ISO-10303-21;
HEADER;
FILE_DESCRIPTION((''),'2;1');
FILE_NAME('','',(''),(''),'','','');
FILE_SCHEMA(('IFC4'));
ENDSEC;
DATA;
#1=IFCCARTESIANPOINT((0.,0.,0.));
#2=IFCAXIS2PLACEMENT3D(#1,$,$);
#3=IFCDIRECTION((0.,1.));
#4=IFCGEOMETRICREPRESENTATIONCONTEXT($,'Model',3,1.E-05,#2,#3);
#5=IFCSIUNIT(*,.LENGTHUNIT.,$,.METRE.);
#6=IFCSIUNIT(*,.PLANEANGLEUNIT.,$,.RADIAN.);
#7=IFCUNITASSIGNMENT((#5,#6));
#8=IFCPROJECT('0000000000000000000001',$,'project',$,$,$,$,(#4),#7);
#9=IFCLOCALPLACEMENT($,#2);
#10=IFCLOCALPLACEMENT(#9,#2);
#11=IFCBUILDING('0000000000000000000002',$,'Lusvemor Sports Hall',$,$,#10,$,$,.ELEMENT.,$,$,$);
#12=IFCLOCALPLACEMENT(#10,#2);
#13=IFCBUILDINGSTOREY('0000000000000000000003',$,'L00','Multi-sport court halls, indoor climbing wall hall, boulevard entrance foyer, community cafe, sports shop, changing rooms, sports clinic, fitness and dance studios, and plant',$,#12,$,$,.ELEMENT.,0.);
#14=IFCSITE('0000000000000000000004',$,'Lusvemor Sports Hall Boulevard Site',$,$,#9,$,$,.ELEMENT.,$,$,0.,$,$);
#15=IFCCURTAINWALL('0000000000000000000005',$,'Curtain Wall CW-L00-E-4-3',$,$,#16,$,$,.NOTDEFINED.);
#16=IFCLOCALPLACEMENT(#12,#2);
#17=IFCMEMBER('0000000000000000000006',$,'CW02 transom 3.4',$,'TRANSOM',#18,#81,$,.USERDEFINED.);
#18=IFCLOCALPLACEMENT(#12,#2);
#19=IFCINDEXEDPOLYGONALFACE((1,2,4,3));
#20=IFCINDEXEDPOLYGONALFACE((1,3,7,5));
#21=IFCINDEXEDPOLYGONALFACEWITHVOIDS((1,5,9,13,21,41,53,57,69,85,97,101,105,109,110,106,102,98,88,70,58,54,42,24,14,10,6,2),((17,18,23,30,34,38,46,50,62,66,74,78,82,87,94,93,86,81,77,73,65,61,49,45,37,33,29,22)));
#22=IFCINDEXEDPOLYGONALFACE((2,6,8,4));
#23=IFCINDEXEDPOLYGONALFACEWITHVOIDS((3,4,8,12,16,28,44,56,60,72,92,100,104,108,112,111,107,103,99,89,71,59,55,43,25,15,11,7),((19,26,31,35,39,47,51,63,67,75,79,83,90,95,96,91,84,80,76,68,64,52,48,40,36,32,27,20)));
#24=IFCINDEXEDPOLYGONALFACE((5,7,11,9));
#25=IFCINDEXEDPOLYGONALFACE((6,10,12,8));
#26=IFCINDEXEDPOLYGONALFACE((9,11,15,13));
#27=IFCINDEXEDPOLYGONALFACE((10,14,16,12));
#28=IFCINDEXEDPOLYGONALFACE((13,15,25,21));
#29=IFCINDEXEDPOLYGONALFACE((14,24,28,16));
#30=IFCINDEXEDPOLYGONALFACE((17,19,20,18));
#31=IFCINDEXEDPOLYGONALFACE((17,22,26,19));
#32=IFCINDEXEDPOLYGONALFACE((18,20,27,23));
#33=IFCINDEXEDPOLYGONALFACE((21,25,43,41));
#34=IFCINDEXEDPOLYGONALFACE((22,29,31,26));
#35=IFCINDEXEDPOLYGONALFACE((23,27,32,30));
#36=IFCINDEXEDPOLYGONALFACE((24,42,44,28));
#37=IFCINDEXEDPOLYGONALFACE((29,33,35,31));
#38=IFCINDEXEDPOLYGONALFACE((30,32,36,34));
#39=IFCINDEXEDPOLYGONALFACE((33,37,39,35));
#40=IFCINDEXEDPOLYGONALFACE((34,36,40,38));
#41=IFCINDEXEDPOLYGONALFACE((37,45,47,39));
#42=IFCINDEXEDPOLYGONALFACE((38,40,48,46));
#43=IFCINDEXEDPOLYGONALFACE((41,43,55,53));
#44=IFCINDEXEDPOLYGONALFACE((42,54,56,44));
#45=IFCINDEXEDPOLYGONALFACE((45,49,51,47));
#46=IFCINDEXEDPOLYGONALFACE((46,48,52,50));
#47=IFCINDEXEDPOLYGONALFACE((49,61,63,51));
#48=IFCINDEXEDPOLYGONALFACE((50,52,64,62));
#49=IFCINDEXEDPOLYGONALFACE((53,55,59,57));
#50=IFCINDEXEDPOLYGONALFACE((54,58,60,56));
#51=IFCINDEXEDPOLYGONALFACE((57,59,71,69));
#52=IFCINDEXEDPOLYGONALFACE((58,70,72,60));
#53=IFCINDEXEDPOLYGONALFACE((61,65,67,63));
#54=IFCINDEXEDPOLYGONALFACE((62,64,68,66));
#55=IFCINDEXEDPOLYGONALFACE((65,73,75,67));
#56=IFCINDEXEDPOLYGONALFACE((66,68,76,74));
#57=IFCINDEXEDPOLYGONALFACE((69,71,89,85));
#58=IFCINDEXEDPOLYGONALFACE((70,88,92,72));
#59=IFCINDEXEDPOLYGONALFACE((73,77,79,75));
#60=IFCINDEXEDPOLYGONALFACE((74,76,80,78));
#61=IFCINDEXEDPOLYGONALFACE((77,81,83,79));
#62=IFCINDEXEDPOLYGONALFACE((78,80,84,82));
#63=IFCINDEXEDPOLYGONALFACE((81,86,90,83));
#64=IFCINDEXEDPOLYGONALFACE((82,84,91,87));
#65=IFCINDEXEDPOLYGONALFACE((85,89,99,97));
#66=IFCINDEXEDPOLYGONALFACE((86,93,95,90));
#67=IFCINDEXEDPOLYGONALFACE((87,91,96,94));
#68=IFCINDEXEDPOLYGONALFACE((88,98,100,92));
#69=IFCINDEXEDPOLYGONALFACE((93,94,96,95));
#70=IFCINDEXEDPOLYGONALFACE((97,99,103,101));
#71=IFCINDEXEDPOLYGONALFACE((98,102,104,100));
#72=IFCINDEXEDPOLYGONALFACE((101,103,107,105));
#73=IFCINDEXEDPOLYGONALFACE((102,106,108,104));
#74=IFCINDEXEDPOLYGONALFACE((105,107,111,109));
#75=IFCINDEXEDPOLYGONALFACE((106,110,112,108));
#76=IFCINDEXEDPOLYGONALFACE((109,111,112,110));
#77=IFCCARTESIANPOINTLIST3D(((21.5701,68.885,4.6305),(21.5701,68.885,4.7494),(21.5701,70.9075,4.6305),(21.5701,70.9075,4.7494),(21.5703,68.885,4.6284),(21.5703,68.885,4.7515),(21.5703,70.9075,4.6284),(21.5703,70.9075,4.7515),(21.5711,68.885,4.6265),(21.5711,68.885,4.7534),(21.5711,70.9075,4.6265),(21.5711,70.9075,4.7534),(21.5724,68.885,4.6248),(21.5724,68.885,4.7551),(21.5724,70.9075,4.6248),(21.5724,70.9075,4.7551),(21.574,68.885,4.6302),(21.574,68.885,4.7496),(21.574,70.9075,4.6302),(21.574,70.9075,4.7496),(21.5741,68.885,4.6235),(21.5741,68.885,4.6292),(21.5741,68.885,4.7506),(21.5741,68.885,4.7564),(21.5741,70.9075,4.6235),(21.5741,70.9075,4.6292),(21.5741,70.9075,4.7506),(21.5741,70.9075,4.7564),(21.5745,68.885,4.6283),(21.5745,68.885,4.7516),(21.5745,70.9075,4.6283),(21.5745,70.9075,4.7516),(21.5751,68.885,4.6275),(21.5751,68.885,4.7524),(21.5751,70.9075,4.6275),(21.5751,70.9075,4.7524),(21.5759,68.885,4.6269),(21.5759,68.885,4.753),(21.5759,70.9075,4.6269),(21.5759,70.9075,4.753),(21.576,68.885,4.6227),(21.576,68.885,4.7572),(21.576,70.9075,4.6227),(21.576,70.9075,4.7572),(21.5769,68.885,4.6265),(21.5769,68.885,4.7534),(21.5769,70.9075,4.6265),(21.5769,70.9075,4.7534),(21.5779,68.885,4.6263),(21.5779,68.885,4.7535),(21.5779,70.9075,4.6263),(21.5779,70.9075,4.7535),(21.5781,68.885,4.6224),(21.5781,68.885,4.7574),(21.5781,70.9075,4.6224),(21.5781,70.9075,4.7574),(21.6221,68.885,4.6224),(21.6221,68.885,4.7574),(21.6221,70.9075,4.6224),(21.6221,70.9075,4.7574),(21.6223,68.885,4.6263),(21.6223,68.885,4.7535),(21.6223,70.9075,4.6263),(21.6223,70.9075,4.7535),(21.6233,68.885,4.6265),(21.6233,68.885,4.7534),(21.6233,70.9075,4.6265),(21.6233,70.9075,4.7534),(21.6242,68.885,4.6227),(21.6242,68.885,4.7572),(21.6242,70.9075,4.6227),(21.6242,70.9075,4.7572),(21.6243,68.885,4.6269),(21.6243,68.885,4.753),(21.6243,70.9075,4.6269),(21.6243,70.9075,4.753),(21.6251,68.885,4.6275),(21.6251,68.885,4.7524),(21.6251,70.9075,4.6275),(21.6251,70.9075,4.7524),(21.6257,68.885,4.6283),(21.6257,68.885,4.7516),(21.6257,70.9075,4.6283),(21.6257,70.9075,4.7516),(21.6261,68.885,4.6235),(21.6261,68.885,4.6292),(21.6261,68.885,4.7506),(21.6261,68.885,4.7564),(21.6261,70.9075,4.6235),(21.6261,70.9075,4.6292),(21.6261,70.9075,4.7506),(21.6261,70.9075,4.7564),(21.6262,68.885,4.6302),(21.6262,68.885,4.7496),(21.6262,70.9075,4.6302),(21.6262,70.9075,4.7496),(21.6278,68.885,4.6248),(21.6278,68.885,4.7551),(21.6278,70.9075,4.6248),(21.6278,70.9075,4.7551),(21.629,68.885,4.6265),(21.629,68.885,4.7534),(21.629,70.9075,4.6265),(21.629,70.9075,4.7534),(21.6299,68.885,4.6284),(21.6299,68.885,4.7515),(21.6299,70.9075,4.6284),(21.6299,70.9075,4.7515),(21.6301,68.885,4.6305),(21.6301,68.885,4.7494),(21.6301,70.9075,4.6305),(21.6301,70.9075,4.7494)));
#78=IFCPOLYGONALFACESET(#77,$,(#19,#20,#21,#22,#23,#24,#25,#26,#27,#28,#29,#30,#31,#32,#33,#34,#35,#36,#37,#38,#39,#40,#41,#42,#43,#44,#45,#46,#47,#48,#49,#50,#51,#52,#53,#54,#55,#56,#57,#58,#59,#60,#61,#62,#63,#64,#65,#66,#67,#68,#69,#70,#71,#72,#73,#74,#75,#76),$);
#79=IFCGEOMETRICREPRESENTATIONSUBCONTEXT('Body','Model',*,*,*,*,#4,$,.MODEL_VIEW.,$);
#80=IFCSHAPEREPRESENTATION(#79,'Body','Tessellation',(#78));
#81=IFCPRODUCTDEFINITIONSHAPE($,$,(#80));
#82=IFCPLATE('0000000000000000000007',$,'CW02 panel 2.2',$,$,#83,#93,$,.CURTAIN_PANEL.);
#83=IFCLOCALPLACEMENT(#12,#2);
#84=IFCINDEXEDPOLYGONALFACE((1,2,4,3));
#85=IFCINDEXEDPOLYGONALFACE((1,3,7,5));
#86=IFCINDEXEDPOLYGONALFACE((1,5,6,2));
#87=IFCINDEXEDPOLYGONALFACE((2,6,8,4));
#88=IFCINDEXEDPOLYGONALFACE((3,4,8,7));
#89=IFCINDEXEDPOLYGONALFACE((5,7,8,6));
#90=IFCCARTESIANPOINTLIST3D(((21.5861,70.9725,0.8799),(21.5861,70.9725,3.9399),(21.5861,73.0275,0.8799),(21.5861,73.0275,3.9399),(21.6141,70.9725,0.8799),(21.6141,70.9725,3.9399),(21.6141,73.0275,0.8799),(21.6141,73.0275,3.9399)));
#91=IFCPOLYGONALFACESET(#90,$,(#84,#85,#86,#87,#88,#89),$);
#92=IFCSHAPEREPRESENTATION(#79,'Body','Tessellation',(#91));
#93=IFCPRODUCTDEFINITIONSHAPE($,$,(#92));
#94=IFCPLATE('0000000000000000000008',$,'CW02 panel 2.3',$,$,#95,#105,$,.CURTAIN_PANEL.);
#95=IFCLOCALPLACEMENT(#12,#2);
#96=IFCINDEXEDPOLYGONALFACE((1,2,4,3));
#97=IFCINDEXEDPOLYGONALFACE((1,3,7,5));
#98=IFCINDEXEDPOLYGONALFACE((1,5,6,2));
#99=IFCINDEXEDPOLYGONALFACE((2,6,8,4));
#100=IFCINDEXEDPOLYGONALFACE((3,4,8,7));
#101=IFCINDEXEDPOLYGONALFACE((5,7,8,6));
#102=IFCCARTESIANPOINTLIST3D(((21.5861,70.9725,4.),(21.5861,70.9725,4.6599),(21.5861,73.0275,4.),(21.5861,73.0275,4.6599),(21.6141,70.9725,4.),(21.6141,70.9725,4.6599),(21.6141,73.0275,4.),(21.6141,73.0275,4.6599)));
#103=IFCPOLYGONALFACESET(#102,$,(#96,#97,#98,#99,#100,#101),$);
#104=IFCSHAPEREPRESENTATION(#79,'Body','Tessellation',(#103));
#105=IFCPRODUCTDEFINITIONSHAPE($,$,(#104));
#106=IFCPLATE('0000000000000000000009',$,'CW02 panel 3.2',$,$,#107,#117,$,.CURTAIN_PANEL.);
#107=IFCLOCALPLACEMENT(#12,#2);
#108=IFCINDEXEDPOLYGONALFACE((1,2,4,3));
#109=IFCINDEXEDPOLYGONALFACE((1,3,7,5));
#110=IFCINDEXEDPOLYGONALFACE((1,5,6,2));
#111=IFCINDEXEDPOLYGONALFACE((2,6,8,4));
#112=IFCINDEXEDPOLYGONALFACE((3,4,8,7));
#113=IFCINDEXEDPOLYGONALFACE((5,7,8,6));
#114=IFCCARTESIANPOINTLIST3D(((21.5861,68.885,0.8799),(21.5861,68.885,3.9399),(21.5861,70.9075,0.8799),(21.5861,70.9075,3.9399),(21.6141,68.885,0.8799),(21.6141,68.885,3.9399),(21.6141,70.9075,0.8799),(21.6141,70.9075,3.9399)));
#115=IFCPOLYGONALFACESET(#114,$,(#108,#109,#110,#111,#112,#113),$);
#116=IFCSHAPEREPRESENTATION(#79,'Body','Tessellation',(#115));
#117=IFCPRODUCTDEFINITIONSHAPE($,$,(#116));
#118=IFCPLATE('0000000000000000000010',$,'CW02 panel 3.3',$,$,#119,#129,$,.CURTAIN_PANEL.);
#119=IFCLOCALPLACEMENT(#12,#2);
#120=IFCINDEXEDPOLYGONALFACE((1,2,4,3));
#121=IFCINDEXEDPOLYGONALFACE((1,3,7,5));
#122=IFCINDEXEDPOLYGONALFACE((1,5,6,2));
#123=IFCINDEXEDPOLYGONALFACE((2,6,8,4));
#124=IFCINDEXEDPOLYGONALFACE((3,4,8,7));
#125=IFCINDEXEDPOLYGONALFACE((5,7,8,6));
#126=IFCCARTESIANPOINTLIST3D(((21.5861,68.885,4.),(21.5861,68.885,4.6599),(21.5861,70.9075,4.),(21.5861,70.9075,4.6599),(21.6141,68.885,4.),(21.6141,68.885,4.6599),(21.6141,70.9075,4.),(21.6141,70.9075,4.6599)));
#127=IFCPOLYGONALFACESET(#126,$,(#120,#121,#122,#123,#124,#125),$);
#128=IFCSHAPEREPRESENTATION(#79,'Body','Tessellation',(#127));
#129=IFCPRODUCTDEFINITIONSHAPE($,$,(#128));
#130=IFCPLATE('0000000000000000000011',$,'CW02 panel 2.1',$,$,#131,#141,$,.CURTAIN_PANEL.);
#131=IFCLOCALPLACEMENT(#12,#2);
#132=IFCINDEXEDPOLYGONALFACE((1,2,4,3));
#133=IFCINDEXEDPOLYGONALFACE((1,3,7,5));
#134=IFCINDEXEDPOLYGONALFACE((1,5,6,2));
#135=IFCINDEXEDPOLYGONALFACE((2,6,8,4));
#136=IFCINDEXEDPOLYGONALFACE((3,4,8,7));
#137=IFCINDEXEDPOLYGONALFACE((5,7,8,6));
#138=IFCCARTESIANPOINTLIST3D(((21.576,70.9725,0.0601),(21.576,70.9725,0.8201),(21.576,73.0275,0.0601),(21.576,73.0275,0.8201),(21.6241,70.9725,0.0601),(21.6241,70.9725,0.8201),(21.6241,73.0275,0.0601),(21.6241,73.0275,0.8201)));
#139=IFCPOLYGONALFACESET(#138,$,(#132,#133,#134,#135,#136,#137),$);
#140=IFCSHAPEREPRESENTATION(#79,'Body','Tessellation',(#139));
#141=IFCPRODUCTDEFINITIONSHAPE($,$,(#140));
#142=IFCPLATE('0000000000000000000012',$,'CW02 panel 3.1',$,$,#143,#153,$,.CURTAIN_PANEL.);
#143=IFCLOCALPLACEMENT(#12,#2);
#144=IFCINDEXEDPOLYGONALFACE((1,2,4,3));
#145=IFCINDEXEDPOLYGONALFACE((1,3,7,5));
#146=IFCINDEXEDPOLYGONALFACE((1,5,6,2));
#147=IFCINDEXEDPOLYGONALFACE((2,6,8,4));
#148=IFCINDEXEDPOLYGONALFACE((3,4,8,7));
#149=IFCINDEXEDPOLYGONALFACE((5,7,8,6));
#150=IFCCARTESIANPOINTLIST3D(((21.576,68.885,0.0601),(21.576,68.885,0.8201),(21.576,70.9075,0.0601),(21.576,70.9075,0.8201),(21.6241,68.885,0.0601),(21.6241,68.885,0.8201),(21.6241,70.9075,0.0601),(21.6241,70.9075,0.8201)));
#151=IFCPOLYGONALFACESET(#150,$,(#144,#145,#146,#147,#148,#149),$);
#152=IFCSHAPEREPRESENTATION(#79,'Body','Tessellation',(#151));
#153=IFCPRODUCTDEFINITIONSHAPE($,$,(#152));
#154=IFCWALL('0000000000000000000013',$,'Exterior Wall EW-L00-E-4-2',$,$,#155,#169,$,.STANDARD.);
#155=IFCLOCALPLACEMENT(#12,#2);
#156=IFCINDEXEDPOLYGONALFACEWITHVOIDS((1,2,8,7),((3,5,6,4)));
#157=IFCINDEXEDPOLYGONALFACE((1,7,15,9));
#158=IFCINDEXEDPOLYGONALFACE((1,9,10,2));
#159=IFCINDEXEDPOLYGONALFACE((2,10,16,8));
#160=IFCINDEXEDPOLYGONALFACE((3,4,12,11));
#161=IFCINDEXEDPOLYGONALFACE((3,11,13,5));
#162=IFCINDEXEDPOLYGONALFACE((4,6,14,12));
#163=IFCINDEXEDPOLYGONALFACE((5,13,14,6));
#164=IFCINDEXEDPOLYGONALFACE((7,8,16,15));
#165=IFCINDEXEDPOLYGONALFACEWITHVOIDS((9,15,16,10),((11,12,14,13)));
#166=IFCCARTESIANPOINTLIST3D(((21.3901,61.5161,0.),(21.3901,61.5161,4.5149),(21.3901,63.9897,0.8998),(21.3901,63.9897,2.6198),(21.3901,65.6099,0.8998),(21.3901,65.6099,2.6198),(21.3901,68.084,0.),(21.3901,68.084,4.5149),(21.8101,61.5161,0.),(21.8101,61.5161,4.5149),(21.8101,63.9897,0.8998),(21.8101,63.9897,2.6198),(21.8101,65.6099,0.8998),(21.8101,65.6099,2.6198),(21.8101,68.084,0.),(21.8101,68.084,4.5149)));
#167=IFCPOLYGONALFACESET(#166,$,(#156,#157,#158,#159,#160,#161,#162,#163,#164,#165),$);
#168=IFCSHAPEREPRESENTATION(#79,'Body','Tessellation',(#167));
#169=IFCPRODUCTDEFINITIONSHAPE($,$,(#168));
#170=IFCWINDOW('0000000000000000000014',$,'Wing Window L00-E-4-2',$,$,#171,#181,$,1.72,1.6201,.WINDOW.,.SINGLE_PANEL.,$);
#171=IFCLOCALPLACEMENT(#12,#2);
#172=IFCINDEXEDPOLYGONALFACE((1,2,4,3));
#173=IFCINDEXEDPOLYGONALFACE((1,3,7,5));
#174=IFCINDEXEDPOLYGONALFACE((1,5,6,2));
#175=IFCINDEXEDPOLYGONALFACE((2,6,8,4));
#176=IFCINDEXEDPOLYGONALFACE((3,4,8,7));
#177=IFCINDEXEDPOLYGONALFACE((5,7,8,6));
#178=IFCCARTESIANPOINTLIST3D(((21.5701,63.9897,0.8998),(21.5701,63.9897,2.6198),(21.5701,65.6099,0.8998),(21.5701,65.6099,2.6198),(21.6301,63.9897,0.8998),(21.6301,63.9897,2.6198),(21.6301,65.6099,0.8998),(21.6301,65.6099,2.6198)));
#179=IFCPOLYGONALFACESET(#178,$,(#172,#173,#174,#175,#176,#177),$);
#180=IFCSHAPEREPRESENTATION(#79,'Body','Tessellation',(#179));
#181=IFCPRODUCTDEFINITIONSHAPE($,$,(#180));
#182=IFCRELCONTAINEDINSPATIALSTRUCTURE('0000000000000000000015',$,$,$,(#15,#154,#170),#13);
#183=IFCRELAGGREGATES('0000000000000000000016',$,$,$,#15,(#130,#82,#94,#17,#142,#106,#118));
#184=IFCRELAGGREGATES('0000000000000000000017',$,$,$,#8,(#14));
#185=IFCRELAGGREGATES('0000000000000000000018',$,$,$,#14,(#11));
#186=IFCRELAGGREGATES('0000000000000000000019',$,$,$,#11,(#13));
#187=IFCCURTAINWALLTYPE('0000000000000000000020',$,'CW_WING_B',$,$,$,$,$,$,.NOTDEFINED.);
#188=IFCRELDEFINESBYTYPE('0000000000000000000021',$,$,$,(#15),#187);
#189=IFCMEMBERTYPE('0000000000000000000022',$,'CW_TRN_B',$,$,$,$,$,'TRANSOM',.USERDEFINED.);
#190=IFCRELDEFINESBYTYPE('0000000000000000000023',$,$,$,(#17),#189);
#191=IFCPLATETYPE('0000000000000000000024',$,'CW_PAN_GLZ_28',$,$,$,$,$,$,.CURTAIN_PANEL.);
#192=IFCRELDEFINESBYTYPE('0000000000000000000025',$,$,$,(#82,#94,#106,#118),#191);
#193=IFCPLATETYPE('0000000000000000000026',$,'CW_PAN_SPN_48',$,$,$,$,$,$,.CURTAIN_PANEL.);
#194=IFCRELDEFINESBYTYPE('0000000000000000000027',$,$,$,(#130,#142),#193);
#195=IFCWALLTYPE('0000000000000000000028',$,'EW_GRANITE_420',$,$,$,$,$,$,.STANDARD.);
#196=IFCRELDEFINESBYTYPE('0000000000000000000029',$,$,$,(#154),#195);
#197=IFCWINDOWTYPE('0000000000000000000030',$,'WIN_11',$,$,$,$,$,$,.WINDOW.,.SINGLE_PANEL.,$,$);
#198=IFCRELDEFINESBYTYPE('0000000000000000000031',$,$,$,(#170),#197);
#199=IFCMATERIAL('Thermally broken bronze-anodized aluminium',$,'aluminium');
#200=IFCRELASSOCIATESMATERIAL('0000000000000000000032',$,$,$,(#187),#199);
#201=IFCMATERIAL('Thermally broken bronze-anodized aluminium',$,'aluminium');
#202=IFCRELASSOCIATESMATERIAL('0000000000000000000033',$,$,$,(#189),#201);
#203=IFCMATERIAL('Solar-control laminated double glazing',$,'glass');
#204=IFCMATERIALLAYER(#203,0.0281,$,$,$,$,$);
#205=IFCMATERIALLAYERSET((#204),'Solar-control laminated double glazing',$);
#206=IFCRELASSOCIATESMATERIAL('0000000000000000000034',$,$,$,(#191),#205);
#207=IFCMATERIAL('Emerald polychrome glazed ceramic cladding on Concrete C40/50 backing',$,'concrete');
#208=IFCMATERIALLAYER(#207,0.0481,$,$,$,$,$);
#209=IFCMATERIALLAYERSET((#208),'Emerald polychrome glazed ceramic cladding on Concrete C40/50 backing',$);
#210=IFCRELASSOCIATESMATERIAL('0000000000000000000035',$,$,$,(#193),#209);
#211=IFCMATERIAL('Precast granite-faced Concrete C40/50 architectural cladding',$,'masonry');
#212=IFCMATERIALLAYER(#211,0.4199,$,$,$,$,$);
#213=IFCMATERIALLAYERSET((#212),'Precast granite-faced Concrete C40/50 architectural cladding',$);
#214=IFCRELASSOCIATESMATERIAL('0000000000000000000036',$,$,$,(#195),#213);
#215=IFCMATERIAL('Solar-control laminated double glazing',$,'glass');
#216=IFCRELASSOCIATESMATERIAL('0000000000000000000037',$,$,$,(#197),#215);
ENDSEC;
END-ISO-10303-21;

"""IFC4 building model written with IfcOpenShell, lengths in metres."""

from ifc_helpers import new_model, si_unit, direction, frame, frame_2d, origin, origin_2d, place, context, subcontext, project, spatial, rectangle, hollow_rectangle, extrude, material, layer, layer_set, material_profile, profile_set, type_object, element, fill, aggregate, save


model = new_model("IFC4")

# Units and contexts
model_context = context("Model", 3, precision=1e-05, world=origin(), true_north=direction((0.0, 1.0)))
body_context = subcontext(model_context, "Body", "Model", "MODEL_VIEW")
ifc_project = project(units=[si_unit("LENGTHUNIT", "METRE"), si_unit("PLANEANGLEUNIT", "RADIAN")], contexts=[model_context])

# Site, building, storey
site_placement = place(None, origin())
site = spatial("IfcSite", under=ifc_project, at=site_placement, Name="Lusvemor Sports Hall Boulevard Site", CompositionType="ELEMENT", RefElevation=0.0)
building_placement = place(site_placement, origin())
building = spatial("IfcBuilding", under=site, at=building_placement, Name="Lusvemor Sports Hall", CompositionType="ELEMENT")
storey_placement = place(building_placement, origin())
storey = spatial("IfcBuildingStorey", under=building, at=storey_placement, Name="L00", Description="Multi-sport court halls, indoor climbing wall hall, boulevard entrance foyer, community cafe, sports shop, changing rooms, sports clinic, fitness and dance studios, and plant", CompositionType="ELEMENT", Elevation=0.0)

# Shared definitions
ifc_material_1 = material(Name="Thermally broken bronze-anodized aluminium", Category="aluminium")
curtain_wall_type = type_object("IfcCurtainWallType", Name="CW_WING_B", PredefinedType="NOTDEFINED", material=ifc_material_1)

# Curtain wall
curtain_wall_1_placement = place(storey_placement, origin())
curtain_wall_1 = element("IfcCurtainWall", 1, at=curtain_wall_1_placement, inside=storey, type_object=curtain_wall_type, Name="Curtain Wall CW-L00-E-4-3", PredefinedType="NOTDEFINED")

# Member
ifc_material_2 = material(Name="Thermally broken bronze-anodized aluminium", Category="aluminium")
ifc_material_profile_1 = material_profile(ifc_material_2, hollow_rectangle(XDim=0.0601, YDim=0.135, WallThickness=0.0039, InnerFilletRadius=0.0039, OuterFilletRadius=0.0081, at=origin_2d()), Name="CWTRN135x60x4")
ifc_profile_set_1 = profile_set([ifc_material_profile_1], Name="Thermally broken bronze-anodized aluminium")
member_type_1 = type_object("IfcMemberType", Name="CW_TRN_B", ElementType="TRANSOM", PredefinedType="USERDEFINED", material=ifc_profile_set_1)
member_1_placement = place(storey_placement, frame((21.6001, 70.9075, 4.6899), z_axis=(0.0, -1.0, 0.0), x_axis=(1.0, 0.0, 0.0)))
member_1 = element("IfcMember", 2, at=member_1_placement, type_object=member_type_1, Name="CW02 transom 3.4", ObjectType="TRANSOM", PredefinedType="USERDEFINED", context=body_context, shape_type="SweptSolid", body=[
    extrude(hollow_rectangle(XDim=0.0601, YDim=0.135, WallThickness=0.0039, InnerFilletRadius=0.0039, OuterFilletRadius=0.0081, at=origin_2d()), origin(), (0.0, 0.0, 1.0), 2.0225),
])

# Plates
ifc_material_3 = material(Name="Solar-control laminated double glazing", Category="glass")
ifc_layer_1 = layer(ifc_material_3, 0.0281)
ifc_layer_set_1 = layer_set([ifc_layer_1], Name="Solar-control laminated double glazing")
plate_type_1 = type_object("IfcPlateType", Name="CW_PAN_GLZ_28", PredefinedType="CURTAIN_PANEL", material=ifc_layer_set_1)
plate_1_placement = place(storey_placement, frame((21.6001, 72.0, 0.8799), z_axis=(0.0, 0.0, 1.0), x_axis=(0.0, -1.0, 0.0)))
plate_1 = element("IfcPlate", 3, at=plate_1_placement, type_object=plate_type_1, Name="CW02 panel 2.2", PredefinedType="CURTAIN_PANEL", context=body_context, shape_type="SweptSolid", body=[
    extrude(rectangle(XDim=2.0549, YDim=0.0281, at=origin_2d()), origin(), (0.0, 0.0, 1.0), 3.0601),
])
plate_2_placement = place(storey_placement, frame((21.6001, 72.0, 4.0), z_axis=(0.0, 0.0, 1.0), x_axis=(0.0, -1.0, 0.0)))
plate_2 = element("IfcPlate", 4, at=plate_2_placement, type_object=plate_type_1, Name="CW02 panel 2.3", PredefinedType="CURTAIN_PANEL", context=body_context, shape_type="SweptSolid", body=[
    extrude(rectangle(XDim=2.0549, YDim=0.0281, at=origin_2d()), origin(), (0.0, 0.0, 1.0), 0.6599),
])
plate_3_placement = place(storey_placement, frame((21.6001, 69.8962, 0.8799), z_axis=(0.0, 0.0, 1.0), x_axis=(0.0, -1.0, 0.0)))
plate_3 = element("IfcPlate", 5, at=plate_3_placement, type_object=plate_type_1, Name="CW02 panel 3.2", PredefinedType="CURTAIN_PANEL", context=body_context, shape_type="SweptSolid", body=[
    extrude(rectangle(XDim=2.0225, YDim=0.0281, at=origin_2d()), origin(), (0.0, 0.0, 1.0), 3.0601),
])
plate_4_placement = place(storey_placement, frame((21.6001, 69.8962, 4.0), z_axis=(0.0, 0.0, 1.0), x_axis=(0.0, -1.0, 0.0)))
plate_4 = element("IfcPlate", 6, at=plate_4_placement, type_object=plate_type_1, Name="CW02 panel 3.3", PredefinedType="CURTAIN_PANEL", context=body_context, shape_type="SweptSolid", body=[
    extrude(rectangle(XDim=2.0225, YDim=0.0281, at=origin_2d()), origin(), (0.0, 0.0, 1.0), 0.6599),
])
ifc_material_4 = material(Name="Emerald polychrome glazed ceramic cladding on Concrete C40/50 backing", Category="concrete")
ifc_layer_2 = layer(ifc_material_4, 0.0481)
ifc_layer_set_2 = layer_set([ifc_layer_2], Name="Emerald polychrome glazed ceramic cladding on Concrete C40/50 backing")
plate_type_2 = type_object("IfcPlateType", Name="CW_PAN_SPN_48", PredefinedType="CURTAIN_PANEL", material=ifc_layer_set_2)
plate_5_placement = place(storey_placement, frame((21.6001, 72.0, 0.0601), z_axis=(0.0, 0.0, 1.0), x_axis=(0.0, -1.0, 0.0)))
plate_5 = element("IfcPlate", 7, at=plate_5_placement, type_object=plate_type_2, Name="CW02 panel 2.1", PredefinedType="CURTAIN_PANEL", context=body_context, shape_type="SweptSolid", body=[
    extrude(rectangle(XDim=2.0549, YDim=0.0481, at=origin_2d()), origin(), (0.0, 0.0, 1.0), 0.76),
])
plate_6_placement = place(storey_placement, frame((21.6001, 69.8962, 0.0601), z_axis=(0.0, 0.0, 1.0), x_axis=(0.0, -1.0, 0.0)))
plate_6 = element("IfcPlate", 8, at=plate_6_placement, type_object=plate_type_2, Name="CW02 panel 3.1", PredefinedType="CURTAIN_PANEL", context=body_context, shape_type="SweptSolid", body=[
    extrude(rectangle(XDim=2.0225, YDim=0.0481, at=origin_2d()), origin(), (0.0, 0.0, 1.0), 0.76),
])
aggregate(curtain_wall_1, [plate_5, plate_1, plate_2, member_1, plate_6, plate_3, plate_4])

# Wall, opening, window
ifc_material_5 = material(Name="Precast granite-faced Concrete C40/50 architectural cladding", Category="masonry")
ifc_layer_3 = layer(ifc_material_5, 0.4199)
ifc_layer_set_3 = layer_set([ifc_layer_3], Name="Precast granite-faced Concrete C40/50 architectural cladding")
wall_type = type_object("IfcWallType", Name="EW_GRANITE_420", PredefinedType="STANDARD", material=ifc_layer_set_3)
wall_placement = place(storey_placement, frame((21.6001, 68.084, 0.0), z_axis=(0.0, 0.0, 1.0), x_axis=(0.0, -1.0, 0.0)))
wall = element("IfcWall", 9, at=wall_placement, inside=storey, type_object=wall_type, Name="Exterior Wall EW-L00-E-4-2", PredefinedType="STANDARD", context=body_context, shape_type="SweptSolid", body=[
    extrude(rectangle(XDim=6.5679, YDim=0.4199, at=frame_2d((3.2839, 0.0))), origin(), (0.0, 0.0, 1.0), 4.5149),
])
opening_placement = place(wall_placement, frame((2.4741, 0.0, 0.8999)))
opening = element("IfcOpeningElement", 10, at=opening_placement, cuts=wall, PredefinedType="OPENING", context=body_context, shape_type="SweptSolid", body=[
    extrude(rectangle(XDim=1.6201, YDim=1.72, at=frame_2d((0.8101, 0.8599))), frame((0.0, 0.21, 0.0), z_axis=(0.0, -1.0, 0.0), x_axis=(1.0, 0.0, 0.0)), (0.0, 0.0, 1.0), 0.4199),
])
ifc_material_6 = material(Name="Solar-control laminated double glazing", Category="glass")
window_type = type_object("IfcWindowType", Name="WIN_11", PartitioningType="SINGLE_PANEL", PredefinedType="WINDOW", material=ifc_material_6)
window_placement = place(opening_placement, origin())
window = element("IfcWindow", 11, at=window_placement, inside=storey, type_object=window_type, Name="Wing Window L00-E-4-2", OverallHeight=1.72, OverallWidth=1.6201, PartitioningType="SINGLE_PANEL", PredefinedType="WINDOW", context=body_context, shape_type="SweptSolid", body=[
    extrude(rectangle(XDim=1.6201, YDim=1.72, at=frame_2d((0.8101, 0.8599))), frame((0.0, 0.03, 0.0), z_axis=(0.0, -1.0, 0.0), x_axis=(1.0, 0.0, 0.0)), (0.0, 0.0, 1.0), 0.0601),
])
fill(opening, window)

save(model, "model.ifc")
